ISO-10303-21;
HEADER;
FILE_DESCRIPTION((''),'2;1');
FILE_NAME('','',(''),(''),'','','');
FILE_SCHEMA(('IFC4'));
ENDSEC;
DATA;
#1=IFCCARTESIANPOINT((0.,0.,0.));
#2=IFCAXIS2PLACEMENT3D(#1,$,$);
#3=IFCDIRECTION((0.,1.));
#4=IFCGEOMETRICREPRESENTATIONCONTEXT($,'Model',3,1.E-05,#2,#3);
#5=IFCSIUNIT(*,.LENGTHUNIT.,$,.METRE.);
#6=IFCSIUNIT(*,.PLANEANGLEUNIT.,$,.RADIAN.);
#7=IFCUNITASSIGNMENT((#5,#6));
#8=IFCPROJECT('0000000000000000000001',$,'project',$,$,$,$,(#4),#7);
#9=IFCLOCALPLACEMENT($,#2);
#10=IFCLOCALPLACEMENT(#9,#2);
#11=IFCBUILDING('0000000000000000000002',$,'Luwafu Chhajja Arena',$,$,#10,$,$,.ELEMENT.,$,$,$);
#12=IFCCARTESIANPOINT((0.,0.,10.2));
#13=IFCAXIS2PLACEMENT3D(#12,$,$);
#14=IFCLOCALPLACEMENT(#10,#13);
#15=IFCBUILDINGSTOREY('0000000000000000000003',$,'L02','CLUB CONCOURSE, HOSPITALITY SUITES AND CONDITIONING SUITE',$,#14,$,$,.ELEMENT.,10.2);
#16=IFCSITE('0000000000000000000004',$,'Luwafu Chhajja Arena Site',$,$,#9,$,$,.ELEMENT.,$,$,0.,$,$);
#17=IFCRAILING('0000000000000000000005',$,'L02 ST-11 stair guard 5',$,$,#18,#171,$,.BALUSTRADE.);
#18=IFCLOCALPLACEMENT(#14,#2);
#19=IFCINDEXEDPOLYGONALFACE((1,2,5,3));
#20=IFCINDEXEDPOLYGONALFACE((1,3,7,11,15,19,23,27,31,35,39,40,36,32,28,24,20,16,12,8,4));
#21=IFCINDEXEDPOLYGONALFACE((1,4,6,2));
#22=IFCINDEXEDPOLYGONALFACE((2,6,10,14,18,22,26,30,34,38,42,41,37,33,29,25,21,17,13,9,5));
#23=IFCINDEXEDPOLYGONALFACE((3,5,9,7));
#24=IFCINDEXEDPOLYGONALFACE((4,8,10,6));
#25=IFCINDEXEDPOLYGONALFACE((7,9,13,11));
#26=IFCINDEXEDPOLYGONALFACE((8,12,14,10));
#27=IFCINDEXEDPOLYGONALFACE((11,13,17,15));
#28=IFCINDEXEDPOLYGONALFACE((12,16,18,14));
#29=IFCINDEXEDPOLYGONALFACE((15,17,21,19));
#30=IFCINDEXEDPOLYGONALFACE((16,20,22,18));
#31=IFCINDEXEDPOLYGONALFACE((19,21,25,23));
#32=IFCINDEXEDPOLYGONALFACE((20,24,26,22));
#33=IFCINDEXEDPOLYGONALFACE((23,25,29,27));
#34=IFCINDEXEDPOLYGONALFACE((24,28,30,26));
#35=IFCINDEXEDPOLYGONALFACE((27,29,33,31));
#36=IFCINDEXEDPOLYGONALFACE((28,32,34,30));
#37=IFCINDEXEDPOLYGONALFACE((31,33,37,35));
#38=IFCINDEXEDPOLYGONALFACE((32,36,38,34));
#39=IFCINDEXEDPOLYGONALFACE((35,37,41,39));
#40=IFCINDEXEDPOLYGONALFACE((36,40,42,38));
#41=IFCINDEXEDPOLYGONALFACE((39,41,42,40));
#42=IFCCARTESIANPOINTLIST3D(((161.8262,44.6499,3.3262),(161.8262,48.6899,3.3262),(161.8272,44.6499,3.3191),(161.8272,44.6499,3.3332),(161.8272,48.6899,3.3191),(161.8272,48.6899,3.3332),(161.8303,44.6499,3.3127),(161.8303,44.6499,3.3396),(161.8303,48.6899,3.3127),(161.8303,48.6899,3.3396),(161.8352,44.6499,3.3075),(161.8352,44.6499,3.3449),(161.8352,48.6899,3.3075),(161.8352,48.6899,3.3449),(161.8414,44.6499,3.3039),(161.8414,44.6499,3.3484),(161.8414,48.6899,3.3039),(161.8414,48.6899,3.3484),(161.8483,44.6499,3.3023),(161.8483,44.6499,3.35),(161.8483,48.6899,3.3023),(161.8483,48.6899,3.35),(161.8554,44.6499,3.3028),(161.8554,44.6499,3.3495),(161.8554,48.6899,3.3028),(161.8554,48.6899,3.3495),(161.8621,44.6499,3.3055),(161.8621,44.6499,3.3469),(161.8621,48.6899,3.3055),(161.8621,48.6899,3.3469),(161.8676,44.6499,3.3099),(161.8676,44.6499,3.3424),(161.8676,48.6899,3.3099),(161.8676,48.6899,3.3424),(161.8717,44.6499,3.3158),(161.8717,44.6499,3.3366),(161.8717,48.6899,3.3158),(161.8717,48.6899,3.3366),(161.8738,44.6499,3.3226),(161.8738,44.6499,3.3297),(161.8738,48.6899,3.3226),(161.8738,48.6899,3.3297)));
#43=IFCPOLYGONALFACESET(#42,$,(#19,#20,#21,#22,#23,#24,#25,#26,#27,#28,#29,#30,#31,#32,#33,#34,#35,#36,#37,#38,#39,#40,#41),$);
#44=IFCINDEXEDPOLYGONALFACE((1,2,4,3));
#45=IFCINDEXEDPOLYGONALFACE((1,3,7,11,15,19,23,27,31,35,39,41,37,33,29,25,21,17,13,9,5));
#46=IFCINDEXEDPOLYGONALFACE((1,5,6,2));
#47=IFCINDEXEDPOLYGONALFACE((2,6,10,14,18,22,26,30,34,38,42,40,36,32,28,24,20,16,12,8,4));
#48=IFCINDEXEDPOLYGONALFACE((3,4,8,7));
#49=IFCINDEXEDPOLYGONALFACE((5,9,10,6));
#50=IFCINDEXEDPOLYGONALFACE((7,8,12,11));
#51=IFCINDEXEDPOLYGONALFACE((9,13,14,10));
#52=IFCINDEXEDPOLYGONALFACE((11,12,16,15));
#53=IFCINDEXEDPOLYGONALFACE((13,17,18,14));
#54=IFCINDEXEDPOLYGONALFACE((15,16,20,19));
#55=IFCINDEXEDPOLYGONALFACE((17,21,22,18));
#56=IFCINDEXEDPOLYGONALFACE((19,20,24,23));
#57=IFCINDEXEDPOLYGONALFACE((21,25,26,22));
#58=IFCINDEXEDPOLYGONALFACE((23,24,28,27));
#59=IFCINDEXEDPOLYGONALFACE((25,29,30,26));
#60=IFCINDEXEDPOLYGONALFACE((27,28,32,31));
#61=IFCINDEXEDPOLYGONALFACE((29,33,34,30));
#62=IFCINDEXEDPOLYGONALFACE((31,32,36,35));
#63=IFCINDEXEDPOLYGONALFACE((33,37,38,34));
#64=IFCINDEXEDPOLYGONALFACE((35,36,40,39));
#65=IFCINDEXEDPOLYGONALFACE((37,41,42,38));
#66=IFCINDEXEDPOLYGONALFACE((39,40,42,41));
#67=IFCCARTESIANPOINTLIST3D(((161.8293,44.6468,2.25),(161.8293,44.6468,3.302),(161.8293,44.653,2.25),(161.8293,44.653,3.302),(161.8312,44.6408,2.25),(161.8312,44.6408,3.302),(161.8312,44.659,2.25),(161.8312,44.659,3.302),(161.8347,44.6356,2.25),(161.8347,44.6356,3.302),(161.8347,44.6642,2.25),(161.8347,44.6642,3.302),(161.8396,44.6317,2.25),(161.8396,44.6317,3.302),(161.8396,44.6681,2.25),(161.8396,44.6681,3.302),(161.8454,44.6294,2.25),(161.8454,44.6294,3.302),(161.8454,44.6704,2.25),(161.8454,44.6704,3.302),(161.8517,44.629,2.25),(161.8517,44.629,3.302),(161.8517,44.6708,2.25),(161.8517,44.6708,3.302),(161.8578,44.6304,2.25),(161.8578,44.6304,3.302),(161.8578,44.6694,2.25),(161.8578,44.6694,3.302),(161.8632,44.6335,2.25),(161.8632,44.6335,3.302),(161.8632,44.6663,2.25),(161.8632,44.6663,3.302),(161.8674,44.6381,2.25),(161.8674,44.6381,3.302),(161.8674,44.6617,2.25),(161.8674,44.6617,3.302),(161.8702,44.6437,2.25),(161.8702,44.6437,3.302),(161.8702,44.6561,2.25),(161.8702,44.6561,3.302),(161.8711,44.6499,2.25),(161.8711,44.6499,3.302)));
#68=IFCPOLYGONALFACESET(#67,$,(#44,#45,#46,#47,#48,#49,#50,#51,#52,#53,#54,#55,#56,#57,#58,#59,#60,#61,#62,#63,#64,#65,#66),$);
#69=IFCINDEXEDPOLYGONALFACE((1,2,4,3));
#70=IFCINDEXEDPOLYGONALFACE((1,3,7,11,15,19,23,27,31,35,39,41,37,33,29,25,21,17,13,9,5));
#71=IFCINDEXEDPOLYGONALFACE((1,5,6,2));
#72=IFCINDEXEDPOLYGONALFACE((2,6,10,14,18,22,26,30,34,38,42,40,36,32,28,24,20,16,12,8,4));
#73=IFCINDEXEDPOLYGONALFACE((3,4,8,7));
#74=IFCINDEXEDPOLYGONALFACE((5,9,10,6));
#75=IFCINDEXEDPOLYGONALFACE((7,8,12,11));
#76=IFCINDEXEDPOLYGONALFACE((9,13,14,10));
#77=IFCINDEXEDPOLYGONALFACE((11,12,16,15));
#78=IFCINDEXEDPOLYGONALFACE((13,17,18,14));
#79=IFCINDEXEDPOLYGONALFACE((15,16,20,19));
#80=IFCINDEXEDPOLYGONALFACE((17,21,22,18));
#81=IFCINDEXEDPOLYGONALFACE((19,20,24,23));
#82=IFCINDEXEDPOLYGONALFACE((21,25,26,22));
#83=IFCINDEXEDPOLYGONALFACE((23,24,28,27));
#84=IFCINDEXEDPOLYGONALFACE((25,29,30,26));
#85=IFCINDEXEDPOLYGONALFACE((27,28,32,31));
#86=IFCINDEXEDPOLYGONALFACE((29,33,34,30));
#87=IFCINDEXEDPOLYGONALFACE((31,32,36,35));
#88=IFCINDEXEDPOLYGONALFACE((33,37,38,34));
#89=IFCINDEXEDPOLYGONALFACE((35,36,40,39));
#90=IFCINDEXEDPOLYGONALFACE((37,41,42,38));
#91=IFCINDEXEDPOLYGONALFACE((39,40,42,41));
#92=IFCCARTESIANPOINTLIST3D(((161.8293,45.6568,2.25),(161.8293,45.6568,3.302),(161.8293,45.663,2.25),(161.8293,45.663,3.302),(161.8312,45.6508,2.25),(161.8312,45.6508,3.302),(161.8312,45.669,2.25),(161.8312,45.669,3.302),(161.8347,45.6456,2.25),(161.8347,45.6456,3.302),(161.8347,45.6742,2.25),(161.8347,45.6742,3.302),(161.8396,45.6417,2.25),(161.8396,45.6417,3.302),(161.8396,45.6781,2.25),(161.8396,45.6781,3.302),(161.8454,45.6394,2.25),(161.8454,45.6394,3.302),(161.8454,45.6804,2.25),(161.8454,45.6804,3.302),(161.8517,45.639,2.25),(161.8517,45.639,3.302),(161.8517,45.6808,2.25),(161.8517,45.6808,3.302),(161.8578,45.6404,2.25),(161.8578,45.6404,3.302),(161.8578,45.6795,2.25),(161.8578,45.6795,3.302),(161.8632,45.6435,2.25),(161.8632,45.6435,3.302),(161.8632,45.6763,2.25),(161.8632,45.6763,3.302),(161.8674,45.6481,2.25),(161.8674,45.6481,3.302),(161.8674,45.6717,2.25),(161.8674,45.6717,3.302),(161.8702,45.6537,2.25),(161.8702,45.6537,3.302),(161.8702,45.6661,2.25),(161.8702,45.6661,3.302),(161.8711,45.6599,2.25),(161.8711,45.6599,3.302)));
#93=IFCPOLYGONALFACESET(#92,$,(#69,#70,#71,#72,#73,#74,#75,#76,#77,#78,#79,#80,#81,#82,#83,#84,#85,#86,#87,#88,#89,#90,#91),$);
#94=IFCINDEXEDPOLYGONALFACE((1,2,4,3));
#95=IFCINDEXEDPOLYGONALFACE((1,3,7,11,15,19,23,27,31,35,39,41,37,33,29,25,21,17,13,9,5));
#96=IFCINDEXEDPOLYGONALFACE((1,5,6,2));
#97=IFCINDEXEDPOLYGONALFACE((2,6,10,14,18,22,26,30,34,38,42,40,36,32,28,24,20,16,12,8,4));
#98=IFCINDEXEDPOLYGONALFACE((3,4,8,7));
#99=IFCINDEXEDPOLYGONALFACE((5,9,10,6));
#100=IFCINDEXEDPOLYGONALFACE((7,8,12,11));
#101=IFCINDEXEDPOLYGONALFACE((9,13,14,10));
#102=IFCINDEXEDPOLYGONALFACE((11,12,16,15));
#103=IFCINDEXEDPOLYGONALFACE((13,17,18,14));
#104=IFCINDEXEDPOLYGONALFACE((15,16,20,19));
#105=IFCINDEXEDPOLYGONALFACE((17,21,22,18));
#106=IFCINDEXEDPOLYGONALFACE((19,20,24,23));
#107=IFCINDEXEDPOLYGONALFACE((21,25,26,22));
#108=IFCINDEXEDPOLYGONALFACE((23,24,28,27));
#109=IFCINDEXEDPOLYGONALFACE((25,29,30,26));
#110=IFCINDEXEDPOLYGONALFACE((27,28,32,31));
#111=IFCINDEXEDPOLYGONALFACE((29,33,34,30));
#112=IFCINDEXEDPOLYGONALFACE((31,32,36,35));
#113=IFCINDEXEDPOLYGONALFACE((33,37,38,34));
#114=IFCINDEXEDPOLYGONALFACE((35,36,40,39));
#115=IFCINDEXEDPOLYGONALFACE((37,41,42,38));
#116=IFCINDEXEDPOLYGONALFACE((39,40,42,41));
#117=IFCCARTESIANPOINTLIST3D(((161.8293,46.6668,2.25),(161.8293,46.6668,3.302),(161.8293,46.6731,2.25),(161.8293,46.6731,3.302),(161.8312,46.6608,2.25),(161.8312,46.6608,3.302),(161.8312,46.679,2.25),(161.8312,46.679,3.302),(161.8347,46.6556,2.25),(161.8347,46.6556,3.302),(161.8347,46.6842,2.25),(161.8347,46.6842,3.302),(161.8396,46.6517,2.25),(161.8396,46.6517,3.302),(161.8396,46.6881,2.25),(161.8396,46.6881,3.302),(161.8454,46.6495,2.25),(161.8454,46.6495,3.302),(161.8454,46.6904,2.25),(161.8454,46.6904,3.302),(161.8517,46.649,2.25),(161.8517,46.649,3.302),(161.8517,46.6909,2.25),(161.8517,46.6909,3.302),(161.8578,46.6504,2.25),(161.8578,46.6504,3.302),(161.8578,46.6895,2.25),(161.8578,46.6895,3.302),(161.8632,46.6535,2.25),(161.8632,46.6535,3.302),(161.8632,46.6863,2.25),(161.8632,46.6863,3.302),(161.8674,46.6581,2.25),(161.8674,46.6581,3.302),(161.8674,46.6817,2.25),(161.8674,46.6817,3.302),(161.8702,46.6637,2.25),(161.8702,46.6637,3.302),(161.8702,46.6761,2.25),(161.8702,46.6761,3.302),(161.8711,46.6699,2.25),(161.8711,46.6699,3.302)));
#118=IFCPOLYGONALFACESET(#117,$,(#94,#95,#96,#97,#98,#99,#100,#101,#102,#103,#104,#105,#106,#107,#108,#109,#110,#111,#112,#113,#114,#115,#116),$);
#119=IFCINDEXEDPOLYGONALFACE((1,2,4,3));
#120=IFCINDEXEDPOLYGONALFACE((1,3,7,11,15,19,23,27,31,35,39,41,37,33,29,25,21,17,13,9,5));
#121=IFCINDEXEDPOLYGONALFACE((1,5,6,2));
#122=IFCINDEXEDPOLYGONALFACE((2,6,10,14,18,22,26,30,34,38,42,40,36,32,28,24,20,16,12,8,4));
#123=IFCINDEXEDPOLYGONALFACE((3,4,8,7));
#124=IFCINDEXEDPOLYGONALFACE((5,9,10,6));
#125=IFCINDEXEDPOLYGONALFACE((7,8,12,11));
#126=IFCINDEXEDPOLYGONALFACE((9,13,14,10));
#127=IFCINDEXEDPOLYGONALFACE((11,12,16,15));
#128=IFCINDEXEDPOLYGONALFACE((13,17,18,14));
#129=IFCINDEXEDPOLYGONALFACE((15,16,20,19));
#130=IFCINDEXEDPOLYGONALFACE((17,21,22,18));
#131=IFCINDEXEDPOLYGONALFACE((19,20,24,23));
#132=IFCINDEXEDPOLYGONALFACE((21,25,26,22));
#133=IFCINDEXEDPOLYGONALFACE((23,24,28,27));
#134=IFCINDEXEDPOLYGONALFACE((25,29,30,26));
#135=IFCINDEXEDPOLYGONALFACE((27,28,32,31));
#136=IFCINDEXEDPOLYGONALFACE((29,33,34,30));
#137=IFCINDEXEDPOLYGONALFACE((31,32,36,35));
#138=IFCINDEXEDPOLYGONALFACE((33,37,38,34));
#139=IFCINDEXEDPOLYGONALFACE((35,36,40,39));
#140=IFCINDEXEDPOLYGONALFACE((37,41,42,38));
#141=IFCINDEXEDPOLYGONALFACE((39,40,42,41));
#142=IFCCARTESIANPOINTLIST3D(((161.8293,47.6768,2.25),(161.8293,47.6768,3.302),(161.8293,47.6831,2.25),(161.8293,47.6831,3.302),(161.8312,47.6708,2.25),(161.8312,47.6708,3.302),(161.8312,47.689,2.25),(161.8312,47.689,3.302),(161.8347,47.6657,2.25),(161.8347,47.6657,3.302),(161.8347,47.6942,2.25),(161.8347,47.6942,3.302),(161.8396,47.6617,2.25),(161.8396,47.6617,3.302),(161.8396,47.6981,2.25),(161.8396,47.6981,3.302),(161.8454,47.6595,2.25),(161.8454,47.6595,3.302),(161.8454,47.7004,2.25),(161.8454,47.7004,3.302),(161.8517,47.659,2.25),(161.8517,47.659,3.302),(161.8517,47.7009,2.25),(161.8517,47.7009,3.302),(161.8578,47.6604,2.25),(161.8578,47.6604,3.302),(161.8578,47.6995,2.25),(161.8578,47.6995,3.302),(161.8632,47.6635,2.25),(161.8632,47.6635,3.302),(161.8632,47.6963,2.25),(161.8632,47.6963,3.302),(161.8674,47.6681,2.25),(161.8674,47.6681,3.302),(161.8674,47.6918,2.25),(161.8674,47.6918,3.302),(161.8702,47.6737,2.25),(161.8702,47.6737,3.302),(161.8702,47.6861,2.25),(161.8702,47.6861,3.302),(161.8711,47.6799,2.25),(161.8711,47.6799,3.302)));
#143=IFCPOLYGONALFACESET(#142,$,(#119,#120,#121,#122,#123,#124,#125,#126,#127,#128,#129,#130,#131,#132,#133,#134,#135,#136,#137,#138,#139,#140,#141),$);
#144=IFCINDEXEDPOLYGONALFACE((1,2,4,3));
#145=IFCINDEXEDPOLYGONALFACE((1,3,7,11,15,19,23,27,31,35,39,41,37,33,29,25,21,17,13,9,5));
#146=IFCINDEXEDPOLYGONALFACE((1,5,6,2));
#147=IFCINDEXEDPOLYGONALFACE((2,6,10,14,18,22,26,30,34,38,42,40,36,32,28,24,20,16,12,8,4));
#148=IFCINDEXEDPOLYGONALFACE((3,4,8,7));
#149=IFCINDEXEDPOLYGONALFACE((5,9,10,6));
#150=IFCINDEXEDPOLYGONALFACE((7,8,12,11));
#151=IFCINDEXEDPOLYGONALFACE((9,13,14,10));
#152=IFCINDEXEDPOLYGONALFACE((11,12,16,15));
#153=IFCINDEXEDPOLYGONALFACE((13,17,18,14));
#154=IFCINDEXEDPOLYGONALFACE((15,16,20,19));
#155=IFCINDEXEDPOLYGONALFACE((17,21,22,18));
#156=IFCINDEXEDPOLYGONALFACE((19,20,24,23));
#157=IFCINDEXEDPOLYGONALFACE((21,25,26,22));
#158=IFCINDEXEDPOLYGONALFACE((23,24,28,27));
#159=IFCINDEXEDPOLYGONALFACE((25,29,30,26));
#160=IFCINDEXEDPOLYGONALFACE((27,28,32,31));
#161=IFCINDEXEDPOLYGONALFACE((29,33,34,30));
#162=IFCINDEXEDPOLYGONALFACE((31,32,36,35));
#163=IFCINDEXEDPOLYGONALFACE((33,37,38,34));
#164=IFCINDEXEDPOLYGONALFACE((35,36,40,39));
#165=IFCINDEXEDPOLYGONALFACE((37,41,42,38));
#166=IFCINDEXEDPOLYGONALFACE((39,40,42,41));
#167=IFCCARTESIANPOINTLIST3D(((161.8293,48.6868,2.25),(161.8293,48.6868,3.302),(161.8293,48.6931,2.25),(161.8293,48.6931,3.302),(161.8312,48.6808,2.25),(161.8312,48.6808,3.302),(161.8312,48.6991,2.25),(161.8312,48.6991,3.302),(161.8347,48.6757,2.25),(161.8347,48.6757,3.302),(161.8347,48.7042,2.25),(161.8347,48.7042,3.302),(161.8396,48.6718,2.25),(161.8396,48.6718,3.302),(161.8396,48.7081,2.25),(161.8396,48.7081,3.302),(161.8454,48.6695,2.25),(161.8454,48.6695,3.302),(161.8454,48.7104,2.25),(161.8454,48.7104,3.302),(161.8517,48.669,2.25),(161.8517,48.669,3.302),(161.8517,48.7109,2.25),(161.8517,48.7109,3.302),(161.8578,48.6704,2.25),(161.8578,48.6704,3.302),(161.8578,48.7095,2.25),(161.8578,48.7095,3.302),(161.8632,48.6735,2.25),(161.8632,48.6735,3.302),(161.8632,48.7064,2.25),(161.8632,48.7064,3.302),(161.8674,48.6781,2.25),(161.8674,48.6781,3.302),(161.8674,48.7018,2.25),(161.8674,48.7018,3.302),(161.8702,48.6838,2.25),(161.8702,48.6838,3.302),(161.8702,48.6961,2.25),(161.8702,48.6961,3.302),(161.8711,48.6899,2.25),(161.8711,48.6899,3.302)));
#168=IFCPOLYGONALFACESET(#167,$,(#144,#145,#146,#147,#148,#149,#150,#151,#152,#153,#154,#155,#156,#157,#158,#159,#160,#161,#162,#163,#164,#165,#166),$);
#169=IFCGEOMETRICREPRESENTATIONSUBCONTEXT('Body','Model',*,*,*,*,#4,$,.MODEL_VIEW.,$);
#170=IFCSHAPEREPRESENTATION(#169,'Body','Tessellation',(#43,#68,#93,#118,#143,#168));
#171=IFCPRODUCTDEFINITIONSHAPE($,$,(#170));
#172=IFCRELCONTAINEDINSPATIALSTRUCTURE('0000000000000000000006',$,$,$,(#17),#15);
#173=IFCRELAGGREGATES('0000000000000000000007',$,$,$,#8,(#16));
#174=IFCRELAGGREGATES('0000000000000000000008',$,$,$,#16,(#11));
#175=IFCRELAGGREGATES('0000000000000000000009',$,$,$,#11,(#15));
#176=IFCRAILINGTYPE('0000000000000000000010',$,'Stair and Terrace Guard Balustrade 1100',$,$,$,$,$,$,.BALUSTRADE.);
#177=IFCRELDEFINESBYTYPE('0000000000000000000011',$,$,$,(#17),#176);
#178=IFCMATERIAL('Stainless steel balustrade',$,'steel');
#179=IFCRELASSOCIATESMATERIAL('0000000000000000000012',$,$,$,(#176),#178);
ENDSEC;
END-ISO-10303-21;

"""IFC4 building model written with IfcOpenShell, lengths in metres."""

from ifc_helpers import new_model, si_unit, direction, frame, origin, origin_2d, place, context, subcontext, project, spatial, circle, extrude, material, type_object, element, save


model = new_model("IFC4")

# Units and contexts
model_context = context("Model", 3, precision=1e-05, world=origin(), true_north=direction((0.0, 1.0)))
body_context = subcontext(model_context, "Body", "Model", "MODEL_VIEW")
ifc_project = project(units=[si_unit("LENGTHUNIT", "METRE"), si_unit("PLANEANGLEUNIT", "RADIAN")], contexts=[model_context])

# Site, building, storey
site_placement = place(None, origin())
site = spatial("IfcSite", under=ifc_project, at=site_placement, Name="Luwafu Chhajja Arena Site", CompositionType="ELEMENT", RefElevation=0.0)
building_placement = place(site_placement, origin())
building = spatial("IfcBuilding", under=site, at=building_placement, Name="Luwafu Chhajja Arena", CompositionType="ELEMENT")
storey_placement = place(building_placement, frame((0.0, 0.0, 10.2)))
storey = spatial("IfcBuildingStorey", under=building, at=storey_placement, Name="L02", Description="CLUB CONCOURSE, HOSPITALITY SUITES AND CONDITIONING SUITE", CompositionType="ELEMENT", Elevation=10.2)

# Railing
ifc_material_1 = material(Name="Stainless steel balustrade", Category="steel")
railing_type_1 = type_object("IfcRailingType", Name="Stair and Terrace Guard Balustrade 1100", PredefinedType="BALUSTRADE", material=ifc_material_1)
railing_1_placement = place(storey_placement, frame((161.8501, 44.6499, 2.25)))
element("IfcRailing", 1, at=railing_1_placement, inside=storey, type_object=railing_type_1, Name="L02 ST-11 stair guard 5", PredefinedType="BALUSTRADE", context=body_context, shape_type="SweptSolid", body=[
    extrude(circle(Radius=0.0239, at=origin_2d()), frame((0.0, 0.0, 1.0762), z_axis=(0.0, 1.0, 0.0), x_axis=(-1.0, 0.0, 0.0)), (0.0, 0.0, 1.0), 4.04),
    extrude(circle(Radius=0.021, at=origin_2d()), origin(), (0.0, 0.0, 1.0), 1.052),
    extrude(circle(Radius=0.021, at=origin_2d()), frame((0.0, 1.01, 0.0)), (0.0, 0.0, 1.0), 1.052),
    extrude(circle(Radius=0.021, at=origin_2d()), frame((0.0, 2.02, 0.0)), (0.0, 0.0, 1.0), 1.052),
    extrude(circle(Radius=0.021, at=origin_2d()), frame((0.0, 3.03, 0.0)), (0.0, 0.0, 1.0), 1.052),
    extrude(circle(Radius=0.021, at=origin_2d()), frame((0.0, 4.04, 0.0)), (0.0, 0.0, 1.0), 1.052),
])

save(model, "model.ifc")
